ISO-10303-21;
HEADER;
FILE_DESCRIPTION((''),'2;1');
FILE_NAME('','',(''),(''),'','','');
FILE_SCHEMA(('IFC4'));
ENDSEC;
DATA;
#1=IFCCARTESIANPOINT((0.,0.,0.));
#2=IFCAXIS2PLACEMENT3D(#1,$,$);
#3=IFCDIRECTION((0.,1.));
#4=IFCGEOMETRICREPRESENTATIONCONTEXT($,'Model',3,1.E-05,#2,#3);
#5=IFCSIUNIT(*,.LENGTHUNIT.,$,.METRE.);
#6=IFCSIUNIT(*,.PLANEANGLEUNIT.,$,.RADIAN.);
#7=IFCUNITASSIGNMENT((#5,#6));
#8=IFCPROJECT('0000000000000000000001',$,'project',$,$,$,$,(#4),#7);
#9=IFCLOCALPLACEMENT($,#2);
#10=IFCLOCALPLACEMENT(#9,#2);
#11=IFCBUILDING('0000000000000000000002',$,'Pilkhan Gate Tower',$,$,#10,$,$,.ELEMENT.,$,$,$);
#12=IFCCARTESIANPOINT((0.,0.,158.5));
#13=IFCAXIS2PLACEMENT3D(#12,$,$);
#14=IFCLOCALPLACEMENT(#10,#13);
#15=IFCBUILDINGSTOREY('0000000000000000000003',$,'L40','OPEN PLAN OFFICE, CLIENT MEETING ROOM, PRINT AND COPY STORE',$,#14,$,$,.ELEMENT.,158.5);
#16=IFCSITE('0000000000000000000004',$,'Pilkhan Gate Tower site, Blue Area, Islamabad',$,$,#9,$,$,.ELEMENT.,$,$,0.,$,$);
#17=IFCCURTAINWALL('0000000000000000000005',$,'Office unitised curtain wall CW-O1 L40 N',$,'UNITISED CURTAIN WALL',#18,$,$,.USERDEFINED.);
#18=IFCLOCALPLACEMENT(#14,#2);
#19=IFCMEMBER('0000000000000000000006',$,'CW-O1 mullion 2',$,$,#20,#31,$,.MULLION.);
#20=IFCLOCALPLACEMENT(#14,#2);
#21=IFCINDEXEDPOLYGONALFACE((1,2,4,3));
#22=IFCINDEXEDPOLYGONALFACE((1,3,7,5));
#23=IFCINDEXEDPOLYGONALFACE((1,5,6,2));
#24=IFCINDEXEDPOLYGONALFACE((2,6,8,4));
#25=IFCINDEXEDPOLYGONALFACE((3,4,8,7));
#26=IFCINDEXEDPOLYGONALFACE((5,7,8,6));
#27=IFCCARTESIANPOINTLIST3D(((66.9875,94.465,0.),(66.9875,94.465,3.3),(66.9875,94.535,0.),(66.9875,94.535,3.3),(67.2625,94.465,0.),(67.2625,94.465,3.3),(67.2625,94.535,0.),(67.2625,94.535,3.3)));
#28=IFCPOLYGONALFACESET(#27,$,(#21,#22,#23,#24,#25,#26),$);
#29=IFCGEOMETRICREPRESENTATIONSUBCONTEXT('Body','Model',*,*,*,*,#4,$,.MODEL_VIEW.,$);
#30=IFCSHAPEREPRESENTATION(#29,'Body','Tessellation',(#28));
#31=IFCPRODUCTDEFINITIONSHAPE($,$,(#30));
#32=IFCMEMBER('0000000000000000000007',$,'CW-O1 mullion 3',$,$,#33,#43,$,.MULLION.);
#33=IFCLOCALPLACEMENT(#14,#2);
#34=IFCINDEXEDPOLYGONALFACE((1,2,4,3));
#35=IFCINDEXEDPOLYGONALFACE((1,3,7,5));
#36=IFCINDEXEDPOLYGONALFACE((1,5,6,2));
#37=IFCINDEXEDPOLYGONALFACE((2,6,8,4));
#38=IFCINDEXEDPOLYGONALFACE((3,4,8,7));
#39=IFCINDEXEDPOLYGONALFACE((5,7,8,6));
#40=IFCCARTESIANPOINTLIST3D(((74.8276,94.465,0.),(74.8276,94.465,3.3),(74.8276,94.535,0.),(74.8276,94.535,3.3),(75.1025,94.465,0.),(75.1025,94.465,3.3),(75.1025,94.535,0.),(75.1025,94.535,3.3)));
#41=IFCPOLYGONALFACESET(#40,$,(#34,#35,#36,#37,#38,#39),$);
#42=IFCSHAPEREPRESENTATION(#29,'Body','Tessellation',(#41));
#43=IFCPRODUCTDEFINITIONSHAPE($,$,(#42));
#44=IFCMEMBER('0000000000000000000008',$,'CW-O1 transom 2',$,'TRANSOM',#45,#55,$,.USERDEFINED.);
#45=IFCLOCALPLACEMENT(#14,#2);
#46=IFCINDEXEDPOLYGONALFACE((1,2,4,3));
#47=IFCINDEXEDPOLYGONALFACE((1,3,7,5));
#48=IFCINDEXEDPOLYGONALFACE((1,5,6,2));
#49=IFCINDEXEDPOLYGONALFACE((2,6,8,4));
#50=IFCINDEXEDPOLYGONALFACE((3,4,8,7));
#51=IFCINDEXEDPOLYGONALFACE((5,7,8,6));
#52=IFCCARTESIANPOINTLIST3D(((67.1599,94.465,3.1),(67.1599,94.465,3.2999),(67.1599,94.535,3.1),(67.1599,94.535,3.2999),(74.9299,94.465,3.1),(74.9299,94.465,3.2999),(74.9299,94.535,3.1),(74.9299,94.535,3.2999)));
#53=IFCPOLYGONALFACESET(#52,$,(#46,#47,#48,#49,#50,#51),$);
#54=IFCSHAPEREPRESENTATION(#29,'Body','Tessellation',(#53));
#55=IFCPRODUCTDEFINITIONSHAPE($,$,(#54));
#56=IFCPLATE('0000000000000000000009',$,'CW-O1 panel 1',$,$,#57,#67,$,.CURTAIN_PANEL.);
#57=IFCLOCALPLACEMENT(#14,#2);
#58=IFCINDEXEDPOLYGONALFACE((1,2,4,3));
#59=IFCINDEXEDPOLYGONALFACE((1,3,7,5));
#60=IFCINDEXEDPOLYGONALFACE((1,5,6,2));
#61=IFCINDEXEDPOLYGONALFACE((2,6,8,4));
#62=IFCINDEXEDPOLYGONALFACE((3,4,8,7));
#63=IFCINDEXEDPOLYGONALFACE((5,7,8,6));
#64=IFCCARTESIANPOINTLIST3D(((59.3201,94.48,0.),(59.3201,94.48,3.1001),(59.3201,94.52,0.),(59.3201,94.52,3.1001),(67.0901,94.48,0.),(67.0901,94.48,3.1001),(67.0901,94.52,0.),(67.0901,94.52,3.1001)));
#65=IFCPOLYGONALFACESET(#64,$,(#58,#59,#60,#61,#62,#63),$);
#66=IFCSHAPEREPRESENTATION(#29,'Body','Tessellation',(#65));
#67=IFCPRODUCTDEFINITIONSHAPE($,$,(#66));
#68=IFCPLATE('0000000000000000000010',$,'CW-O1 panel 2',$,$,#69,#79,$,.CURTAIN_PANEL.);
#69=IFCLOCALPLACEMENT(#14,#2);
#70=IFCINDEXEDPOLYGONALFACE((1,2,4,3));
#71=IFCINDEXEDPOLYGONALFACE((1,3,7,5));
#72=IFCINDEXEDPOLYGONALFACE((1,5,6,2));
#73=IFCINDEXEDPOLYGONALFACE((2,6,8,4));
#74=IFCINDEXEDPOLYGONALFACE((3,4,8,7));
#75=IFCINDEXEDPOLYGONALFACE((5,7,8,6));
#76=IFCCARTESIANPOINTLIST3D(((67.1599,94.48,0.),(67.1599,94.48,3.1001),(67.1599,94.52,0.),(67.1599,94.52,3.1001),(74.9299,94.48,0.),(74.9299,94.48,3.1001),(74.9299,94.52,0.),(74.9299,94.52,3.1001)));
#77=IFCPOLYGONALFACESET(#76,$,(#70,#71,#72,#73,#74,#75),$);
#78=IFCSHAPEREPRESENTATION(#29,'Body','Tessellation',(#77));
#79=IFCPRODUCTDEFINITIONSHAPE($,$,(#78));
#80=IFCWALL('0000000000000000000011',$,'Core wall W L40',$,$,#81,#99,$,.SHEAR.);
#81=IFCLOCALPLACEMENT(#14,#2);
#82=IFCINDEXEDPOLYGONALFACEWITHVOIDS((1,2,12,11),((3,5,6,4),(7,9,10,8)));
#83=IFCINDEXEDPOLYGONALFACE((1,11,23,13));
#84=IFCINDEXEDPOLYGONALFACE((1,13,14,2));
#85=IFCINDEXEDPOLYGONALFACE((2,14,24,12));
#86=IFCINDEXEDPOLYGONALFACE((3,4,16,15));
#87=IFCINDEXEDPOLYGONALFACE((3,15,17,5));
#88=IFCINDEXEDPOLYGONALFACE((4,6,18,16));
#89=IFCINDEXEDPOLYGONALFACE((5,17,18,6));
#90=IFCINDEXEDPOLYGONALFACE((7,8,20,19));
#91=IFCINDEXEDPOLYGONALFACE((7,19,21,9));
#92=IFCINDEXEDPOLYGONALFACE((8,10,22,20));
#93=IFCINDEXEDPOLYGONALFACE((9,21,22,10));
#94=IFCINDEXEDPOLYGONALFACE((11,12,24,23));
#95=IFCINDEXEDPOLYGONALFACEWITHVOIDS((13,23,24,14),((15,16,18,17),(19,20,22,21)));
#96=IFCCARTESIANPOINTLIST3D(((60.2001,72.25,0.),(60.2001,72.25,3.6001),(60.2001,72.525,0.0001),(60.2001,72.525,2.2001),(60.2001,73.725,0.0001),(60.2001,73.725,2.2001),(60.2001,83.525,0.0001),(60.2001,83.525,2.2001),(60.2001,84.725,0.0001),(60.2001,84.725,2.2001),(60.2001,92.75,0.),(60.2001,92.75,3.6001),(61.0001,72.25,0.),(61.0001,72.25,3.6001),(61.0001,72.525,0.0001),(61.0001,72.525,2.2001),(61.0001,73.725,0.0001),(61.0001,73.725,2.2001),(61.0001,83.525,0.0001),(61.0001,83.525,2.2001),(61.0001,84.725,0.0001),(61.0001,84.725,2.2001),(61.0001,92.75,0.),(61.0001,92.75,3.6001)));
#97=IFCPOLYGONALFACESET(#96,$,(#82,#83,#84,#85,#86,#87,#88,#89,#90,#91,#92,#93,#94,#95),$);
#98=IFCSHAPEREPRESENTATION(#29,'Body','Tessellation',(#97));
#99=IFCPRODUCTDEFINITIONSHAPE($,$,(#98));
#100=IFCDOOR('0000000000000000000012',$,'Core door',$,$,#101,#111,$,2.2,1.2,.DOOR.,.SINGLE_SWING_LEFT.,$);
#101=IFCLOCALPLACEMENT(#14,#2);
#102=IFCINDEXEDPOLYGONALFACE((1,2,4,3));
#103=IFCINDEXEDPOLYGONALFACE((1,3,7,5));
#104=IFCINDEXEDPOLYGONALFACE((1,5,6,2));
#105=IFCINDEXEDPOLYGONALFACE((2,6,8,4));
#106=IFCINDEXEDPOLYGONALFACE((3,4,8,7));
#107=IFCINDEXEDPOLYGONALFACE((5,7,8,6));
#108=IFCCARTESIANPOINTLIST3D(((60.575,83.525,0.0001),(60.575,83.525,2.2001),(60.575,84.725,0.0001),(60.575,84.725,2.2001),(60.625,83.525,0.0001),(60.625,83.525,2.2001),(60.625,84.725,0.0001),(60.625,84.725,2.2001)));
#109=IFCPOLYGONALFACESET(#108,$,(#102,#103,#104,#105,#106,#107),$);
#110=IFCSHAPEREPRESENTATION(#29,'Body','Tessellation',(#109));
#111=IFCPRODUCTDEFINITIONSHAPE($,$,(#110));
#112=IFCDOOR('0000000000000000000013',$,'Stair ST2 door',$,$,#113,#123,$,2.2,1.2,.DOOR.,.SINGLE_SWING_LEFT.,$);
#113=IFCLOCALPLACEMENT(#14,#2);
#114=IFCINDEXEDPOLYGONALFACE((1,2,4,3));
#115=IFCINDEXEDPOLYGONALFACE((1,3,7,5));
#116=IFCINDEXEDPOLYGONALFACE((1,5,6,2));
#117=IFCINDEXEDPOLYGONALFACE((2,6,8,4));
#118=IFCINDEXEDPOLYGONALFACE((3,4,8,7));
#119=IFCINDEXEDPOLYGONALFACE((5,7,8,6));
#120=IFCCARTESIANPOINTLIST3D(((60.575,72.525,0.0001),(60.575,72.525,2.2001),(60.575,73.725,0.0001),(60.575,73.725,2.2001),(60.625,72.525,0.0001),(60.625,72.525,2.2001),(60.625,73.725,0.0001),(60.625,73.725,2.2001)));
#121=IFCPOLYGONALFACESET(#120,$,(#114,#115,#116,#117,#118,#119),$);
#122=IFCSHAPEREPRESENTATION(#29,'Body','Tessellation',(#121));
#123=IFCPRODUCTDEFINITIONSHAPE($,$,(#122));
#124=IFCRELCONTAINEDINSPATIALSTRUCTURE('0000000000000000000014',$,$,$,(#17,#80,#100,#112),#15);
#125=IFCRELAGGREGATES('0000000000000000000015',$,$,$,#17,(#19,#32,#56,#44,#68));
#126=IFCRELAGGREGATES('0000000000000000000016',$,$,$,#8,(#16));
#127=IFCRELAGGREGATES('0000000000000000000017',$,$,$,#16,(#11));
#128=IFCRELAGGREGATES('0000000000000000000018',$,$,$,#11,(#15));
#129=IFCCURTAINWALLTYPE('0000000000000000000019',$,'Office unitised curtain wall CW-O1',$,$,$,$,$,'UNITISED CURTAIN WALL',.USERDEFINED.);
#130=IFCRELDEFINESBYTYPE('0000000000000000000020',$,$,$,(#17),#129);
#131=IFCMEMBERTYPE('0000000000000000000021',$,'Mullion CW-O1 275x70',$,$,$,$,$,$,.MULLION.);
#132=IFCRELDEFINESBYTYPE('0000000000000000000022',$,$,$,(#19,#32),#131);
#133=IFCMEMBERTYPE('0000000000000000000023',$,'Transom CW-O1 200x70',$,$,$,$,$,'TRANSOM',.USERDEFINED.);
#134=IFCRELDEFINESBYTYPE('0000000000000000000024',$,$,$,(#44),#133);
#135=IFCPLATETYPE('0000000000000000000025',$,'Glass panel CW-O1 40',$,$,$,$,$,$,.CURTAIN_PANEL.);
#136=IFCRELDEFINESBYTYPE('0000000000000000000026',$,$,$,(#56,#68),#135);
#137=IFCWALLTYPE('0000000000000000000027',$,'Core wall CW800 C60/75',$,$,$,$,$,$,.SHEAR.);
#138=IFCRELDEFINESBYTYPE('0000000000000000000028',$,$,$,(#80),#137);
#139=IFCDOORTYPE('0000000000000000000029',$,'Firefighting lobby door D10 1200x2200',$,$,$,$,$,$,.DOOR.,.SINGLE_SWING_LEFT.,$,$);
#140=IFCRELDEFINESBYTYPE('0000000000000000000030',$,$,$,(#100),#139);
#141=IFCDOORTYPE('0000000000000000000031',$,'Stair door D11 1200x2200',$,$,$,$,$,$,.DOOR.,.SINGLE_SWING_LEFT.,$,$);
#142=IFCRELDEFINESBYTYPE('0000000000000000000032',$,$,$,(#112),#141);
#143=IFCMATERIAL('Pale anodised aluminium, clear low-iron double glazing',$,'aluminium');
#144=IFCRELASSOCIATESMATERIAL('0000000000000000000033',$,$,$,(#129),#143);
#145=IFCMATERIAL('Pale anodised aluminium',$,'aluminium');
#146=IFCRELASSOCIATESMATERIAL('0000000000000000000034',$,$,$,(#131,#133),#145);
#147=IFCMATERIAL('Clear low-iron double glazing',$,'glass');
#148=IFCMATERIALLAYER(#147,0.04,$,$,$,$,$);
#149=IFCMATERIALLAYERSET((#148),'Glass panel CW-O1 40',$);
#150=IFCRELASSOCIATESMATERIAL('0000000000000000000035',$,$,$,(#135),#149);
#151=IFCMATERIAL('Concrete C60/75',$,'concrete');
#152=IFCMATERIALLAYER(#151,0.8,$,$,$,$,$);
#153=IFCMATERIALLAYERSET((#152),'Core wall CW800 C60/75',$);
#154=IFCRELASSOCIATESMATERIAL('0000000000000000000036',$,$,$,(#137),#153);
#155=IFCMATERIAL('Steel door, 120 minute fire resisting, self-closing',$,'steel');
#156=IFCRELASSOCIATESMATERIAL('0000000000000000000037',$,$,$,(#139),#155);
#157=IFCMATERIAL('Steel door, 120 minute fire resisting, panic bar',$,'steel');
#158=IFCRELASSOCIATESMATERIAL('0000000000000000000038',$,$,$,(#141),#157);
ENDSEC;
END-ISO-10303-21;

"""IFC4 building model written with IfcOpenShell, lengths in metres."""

from ifc_helpers import new_model, si_unit, direction, frame, frame_2d, origin, origin_2d, place, context, subcontext, project, spatial, rectangle, extrude, material, layer, layer_set, material_profile, profile_set, type_object, element, fill, aggregate, save


model = new_model("IFC4")

# Units and contexts
model_context = context("Model", 3, precision=1e-05, world=origin(), true_north=direction((0.0, 1.0)))
body_context = subcontext(model_context, "Body", "Model", "MODEL_VIEW")
ifc_project = project(units=[si_unit("LENGTHUNIT", "METRE"), si_unit("PLANEANGLEUNIT", "RADIAN")], contexts=[model_context])

# Site, building, storey
site_placement = place(None, origin())
site = spatial("IfcSite", under=ifc_project, at=site_placement, Name="Pilkhan Gate Tower site, Blue Area, Islamabad", CompositionType="ELEMENT", RefElevation=0.0)
building_placement = place(site_placement, origin())
building = spatial("IfcBuilding", under=site, at=building_placement, Name="Pilkhan Gate Tower", CompositionType="ELEMENT")
storey_placement = place(building_placement, frame((0.0, 0.0, 158.5)))
storey = spatial("IfcBuildingStorey", under=building, at=storey_placement, Name="L40", Description="OPEN PLAN OFFICE, CLIENT MEETING ROOM, PRINT AND COPY STORE", CompositionType="ELEMENT", Elevation=158.5)

# Curtain wall, members, plates
ifc_material_1 = material(Name="Pale anodised aluminium, clear low-iron double glazing", Category="aluminium")
curtain_wall_type = type_object("IfcCurtainWallType", Name="Office unitised curtain wall CW-O1", ElementType="UNITISED CURTAIN WALL", PredefinedType="USERDEFINED", material=ifc_material_1)
curtain_wall_placement = place(storey_placement, origin())
curtain_wall = element("IfcCurtainWall", 1, at=curtain_wall_placement, inside=storey, type_object=curtain_wall_type, Name="Office unitised curtain wall CW-O1 L40 N", ObjectType="UNITISED CURTAIN WALL", PredefinedType="USERDEFINED")
ifc_material_2 = material(Name="Pale anodised aluminium", Category="aluminium")
ifc_material_profile_1 = material_profile(ifc_material_2, rectangle(XDim=0.0701, YDim=0.2749, at=origin_2d()), Name="Mullion 275x70")
ifc_profile_set_1 = profile_set([ifc_material_profile_1], Name="Pale anodised aluminium")
member_type_1 = type_object("IfcMemberType", Name="Mullion CW-O1 275x70", PredefinedType="MULLION", material=ifc_profile_set_1)
member_1_placement = place(storey_placement, frame((67.125, 94.5, 0.0), z_axis=(0.0, 0.0, 1.0), x_axis=(0.0, 1.0, 0.0)))
member_1 = element("IfcMember", 2, at=member_1_placement, type_object=member_type_1, Name="CW-O1 mullion 2", PredefinedType="MULLION", context=body_context, shape_type="SweptSolid", body=[
    extrude(rectangle(XDim=0.0701, YDim=0.2749, at=origin_2d()), origin(), (0.0, 0.0, 1.0), 3.3),
])
member_2_placement = place(storey_placement, frame((74.9651, 94.5, 0.0), z_axis=(0.0, 0.0, 1.0), x_axis=(0.0, 1.0, 0.0)))
member_2 = element("IfcMember", 3, at=member_2_placement, type_object=member_type_1, Name="CW-O1 mullion 3", PredefinedType="MULLION", context=body_context, shape_type="SweptSolid", body=[
    extrude(rectangle(XDim=0.0701, YDim=0.2749, at=origin_2d()), origin(), (0.0, 0.0, 1.0), 3.3),
])
ifc_material_profile_2 = material_profile(ifc_material_2, rectangle(XDim=0.0701, YDim=0.2, at=origin_2d()), Name="Transom 200x70")
ifc_profile_set_2 = profile_set([ifc_material_profile_2], Name="Pale anodised aluminium")
member_type_2 = type_object("IfcMemberType", Name="Transom CW-O1 200x70", ElementType="TRANSOM", PredefinedType="USERDEFINED", material=ifc_profile_set_2)
member_3_placement = place(storey_placement, frame((67.1599, 94.5, 3.2), z_axis=(1.0, 0.0, 0.0), x_axis=(0.0, 1.0, 0.0)))
member_3 = element("IfcMember", 4, at=member_3_placement, type_object=member_type_2, Name="CW-O1 transom 2", ObjectType="TRANSOM", PredefinedType="USERDEFINED", context=body_context, shape_type="SweptSolid", body=[
    extrude(rectangle(XDim=0.0701, YDim=0.2, at=origin_2d()), origin(), (0.0, 0.0, 1.0), 7.77),
])
ifc_material_3 = material(Name="Clear low-iron double glazing", Category="glass")
ifc_layer_1 = layer(ifc_material_3, 0.04)
ifc_layer_set_1 = layer_set([ifc_layer_1], Name="Glass panel CW-O1 40")
plate_type = type_object("IfcPlateType", Name="Glass panel CW-O1 40", PredefinedType="CURTAIN_PANEL", material=ifc_layer_set_1)
plate_1_placement = place(storey_placement, frame((63.2051, 94.5, 0.0), z_axis=(0.0, 0.0, 1.0), x_axis=(1.0, 0.0, 0.0)))
plate_1 = element("IfcPlate", 5, at=plate_1_placement, type_object=plate_type, Name="CW-O1 panel 1", PredefinedType="CURTAIN_PANEL", context=body_context, shape_type="SweptSolid", body=[
    extrude(rectangle(XDim=7.77, YDim=0.04, at=origin_2d()), origin(), (0.0, 0.0, 1.0), 3.1001),
])
plate_2_placement = place(storey_placement, frame((71.0449, 94.5, 0.0), z_axis=(0.0, 0.0, 1.0), x_axis=(1.0, 0.0, 0.0)))
plate_2 = element("IfcPlate", 6, at=plate_2_placement, type_object=plate_type, Name="CW-O1 panel 2", PredefinedType="CURTAIN_PANEL", context=body_context, shape_type="SweptSolid", body=[
    extrude(rectangle(XDim=7.77, YDim=0.04, at=origin_2d()), origin(), (0.0, 0.0, 1.0), 3.1001),
])
aggregate(curtain_wall, [member_1, member_2, plate_1, member_3, plate_2])

# Wall, openings, doors
ifc_material_4 = material(Name="Concrete C60/75", Category="concrete")
ifc_layer_2 = layer(ifc_material_4, 0.8)
ifc_layer_set_2 = layer_set([ifc_layer_2], Name="Core wall CW800 C60/75")
wall_type_1 = type_object("IfcWallType", Name="Core wall CW800 C60/75", PredefinedType="SHEAR", material=ifc_layer_set_2)
wall_1_placement = place(storey_placement, frame((60.6001, 92.75, 0.0), z_axis=(0.0, 0.0, 1.0), x_axis=(0.0, -1.0, 0.0)))
wall_1 = element("IfcWall", 7, at=wall_1_placement, inside=storey, type_object=wall_type_1, Name="Core wall W L40", PredefinedType="SHEAR", context=body_context, shape_type="SweptSolid", body=[
    extrude(rectangle(XDim=20.5, YDim=0.8, at=frame_2d((10.25, 0.0))), origin(), (0.0, 0.0, 1.0), 3.6001),
])
opening_1_placement = place(wall_1_placement, frame((19.0249, 0.0, 0.0)))
opening_1 = element("IfcOpeningElement", 8, at=opening_1_placement, cuts=wall_1, PredefinedType="OPENING", context=body_context, shape_type="SweptSolid", body=[
    extrude(rectangle(XDim=1.2, YDim=2.2, at=frame_2d((0.6001, 1.1001))), frame((0.0, 0.4099, 0.0), z_axis=(0.0, -1.0, 0.0), x_axis=(1.0, 0.0, 0.0)), (0.0, 0.0, 1.0), 0.8201),
])
opening_2_placement = place(wall_1_placement, frame((8.0249, 0.0, 0.0)))
opening_2 = element("IfcOpeningElement", 9, at=opening_2_placement, cuts=wall_1, PredefinedType="OPENING", context=body_context, shape_type="SweptSolid", body=[
    extrude(rectangle(XDim=1.2, YDim=2.2, at=frame_2d((0.6001, 1.1001))), frame((0.0, 0.4099, 0.0), z_axis=(0.0, -1.0, 0.0), x_axis=(1.0, 0.0, 0.0)), (0.0, 0.0, 1.0), 0.8201),
])
ifc_material_5 = material(Name="Steel door, 120 minute fire resisting, self-closing", Category="steel")
door_type_1 = type_object("IfcDoorType", Name="Firefighting lobby door D10 1200x2200", OperationType="SINGLE_SWING_LEFT", PredefinedType="DOOR", material=ifc_material_5)
door_1_placement = place(opening_2_placement, origin())
door_1 = element("IfcDoor", 10, at=door_1_placement, inside=storey, type_object=door_type_1, Name="Core door", OperationType="SINGLE_SWING_LEFT", OverallHeight=2.2, OverallWidth=1.2, PredefinedType="DOOR", context=body_context, shape_type="SweptSolid", body=[
    extrude(rectangle(XDim=1.2, YDim=2.2, at=frame_2d((0.6001, 1.1001))), frame((0.0, 0.0249, 0.0), z_axis=(0.0, -1.0, 0.0), x_axis=(1.0, 0.0, 0.0)), (0.0, 0.0, 1.0), 0.05),
])
fill(opening_2, door_1)
ifc_material_6 = material(Name="Steel door, 120 minute fire resisting, panic bar", Category="steel")
door_type_2 = type_object("IfcDoorType", Name="Stair door D11 1200x2200", OperationType="SINGLE_SWING_LEFT", PredefinedType="DOOR", material=ifc_material_6)
door_2_placement = place(opening_1_placement, origin())
door_2 = element("IfcDoor", 11, at=door_2_placement, inside=storey, type_object=door_type_2, Name="Stair ST2 door", OperationType="SINGLE_SWING_LEFT", OverallHeight=2.2, OverallWidth=1.2, PredefinedType="DOOR", context=body_context, shape_type="SweptSolid", body=[
    extrude(rectangle(XDim=1.2, YDim=2.2, at=frame_2d((0.6001, 1.1001))), frame((0.0, 0.0249, 0.0), z_axis=(0.0, -1.0, 0.0), x_axis=(1.0, 0.0, 0.0)), (0.0, 0.0, 1.0), 0.05),
])
fill(opening_1, door_2)

save(model, "model.ifc")
